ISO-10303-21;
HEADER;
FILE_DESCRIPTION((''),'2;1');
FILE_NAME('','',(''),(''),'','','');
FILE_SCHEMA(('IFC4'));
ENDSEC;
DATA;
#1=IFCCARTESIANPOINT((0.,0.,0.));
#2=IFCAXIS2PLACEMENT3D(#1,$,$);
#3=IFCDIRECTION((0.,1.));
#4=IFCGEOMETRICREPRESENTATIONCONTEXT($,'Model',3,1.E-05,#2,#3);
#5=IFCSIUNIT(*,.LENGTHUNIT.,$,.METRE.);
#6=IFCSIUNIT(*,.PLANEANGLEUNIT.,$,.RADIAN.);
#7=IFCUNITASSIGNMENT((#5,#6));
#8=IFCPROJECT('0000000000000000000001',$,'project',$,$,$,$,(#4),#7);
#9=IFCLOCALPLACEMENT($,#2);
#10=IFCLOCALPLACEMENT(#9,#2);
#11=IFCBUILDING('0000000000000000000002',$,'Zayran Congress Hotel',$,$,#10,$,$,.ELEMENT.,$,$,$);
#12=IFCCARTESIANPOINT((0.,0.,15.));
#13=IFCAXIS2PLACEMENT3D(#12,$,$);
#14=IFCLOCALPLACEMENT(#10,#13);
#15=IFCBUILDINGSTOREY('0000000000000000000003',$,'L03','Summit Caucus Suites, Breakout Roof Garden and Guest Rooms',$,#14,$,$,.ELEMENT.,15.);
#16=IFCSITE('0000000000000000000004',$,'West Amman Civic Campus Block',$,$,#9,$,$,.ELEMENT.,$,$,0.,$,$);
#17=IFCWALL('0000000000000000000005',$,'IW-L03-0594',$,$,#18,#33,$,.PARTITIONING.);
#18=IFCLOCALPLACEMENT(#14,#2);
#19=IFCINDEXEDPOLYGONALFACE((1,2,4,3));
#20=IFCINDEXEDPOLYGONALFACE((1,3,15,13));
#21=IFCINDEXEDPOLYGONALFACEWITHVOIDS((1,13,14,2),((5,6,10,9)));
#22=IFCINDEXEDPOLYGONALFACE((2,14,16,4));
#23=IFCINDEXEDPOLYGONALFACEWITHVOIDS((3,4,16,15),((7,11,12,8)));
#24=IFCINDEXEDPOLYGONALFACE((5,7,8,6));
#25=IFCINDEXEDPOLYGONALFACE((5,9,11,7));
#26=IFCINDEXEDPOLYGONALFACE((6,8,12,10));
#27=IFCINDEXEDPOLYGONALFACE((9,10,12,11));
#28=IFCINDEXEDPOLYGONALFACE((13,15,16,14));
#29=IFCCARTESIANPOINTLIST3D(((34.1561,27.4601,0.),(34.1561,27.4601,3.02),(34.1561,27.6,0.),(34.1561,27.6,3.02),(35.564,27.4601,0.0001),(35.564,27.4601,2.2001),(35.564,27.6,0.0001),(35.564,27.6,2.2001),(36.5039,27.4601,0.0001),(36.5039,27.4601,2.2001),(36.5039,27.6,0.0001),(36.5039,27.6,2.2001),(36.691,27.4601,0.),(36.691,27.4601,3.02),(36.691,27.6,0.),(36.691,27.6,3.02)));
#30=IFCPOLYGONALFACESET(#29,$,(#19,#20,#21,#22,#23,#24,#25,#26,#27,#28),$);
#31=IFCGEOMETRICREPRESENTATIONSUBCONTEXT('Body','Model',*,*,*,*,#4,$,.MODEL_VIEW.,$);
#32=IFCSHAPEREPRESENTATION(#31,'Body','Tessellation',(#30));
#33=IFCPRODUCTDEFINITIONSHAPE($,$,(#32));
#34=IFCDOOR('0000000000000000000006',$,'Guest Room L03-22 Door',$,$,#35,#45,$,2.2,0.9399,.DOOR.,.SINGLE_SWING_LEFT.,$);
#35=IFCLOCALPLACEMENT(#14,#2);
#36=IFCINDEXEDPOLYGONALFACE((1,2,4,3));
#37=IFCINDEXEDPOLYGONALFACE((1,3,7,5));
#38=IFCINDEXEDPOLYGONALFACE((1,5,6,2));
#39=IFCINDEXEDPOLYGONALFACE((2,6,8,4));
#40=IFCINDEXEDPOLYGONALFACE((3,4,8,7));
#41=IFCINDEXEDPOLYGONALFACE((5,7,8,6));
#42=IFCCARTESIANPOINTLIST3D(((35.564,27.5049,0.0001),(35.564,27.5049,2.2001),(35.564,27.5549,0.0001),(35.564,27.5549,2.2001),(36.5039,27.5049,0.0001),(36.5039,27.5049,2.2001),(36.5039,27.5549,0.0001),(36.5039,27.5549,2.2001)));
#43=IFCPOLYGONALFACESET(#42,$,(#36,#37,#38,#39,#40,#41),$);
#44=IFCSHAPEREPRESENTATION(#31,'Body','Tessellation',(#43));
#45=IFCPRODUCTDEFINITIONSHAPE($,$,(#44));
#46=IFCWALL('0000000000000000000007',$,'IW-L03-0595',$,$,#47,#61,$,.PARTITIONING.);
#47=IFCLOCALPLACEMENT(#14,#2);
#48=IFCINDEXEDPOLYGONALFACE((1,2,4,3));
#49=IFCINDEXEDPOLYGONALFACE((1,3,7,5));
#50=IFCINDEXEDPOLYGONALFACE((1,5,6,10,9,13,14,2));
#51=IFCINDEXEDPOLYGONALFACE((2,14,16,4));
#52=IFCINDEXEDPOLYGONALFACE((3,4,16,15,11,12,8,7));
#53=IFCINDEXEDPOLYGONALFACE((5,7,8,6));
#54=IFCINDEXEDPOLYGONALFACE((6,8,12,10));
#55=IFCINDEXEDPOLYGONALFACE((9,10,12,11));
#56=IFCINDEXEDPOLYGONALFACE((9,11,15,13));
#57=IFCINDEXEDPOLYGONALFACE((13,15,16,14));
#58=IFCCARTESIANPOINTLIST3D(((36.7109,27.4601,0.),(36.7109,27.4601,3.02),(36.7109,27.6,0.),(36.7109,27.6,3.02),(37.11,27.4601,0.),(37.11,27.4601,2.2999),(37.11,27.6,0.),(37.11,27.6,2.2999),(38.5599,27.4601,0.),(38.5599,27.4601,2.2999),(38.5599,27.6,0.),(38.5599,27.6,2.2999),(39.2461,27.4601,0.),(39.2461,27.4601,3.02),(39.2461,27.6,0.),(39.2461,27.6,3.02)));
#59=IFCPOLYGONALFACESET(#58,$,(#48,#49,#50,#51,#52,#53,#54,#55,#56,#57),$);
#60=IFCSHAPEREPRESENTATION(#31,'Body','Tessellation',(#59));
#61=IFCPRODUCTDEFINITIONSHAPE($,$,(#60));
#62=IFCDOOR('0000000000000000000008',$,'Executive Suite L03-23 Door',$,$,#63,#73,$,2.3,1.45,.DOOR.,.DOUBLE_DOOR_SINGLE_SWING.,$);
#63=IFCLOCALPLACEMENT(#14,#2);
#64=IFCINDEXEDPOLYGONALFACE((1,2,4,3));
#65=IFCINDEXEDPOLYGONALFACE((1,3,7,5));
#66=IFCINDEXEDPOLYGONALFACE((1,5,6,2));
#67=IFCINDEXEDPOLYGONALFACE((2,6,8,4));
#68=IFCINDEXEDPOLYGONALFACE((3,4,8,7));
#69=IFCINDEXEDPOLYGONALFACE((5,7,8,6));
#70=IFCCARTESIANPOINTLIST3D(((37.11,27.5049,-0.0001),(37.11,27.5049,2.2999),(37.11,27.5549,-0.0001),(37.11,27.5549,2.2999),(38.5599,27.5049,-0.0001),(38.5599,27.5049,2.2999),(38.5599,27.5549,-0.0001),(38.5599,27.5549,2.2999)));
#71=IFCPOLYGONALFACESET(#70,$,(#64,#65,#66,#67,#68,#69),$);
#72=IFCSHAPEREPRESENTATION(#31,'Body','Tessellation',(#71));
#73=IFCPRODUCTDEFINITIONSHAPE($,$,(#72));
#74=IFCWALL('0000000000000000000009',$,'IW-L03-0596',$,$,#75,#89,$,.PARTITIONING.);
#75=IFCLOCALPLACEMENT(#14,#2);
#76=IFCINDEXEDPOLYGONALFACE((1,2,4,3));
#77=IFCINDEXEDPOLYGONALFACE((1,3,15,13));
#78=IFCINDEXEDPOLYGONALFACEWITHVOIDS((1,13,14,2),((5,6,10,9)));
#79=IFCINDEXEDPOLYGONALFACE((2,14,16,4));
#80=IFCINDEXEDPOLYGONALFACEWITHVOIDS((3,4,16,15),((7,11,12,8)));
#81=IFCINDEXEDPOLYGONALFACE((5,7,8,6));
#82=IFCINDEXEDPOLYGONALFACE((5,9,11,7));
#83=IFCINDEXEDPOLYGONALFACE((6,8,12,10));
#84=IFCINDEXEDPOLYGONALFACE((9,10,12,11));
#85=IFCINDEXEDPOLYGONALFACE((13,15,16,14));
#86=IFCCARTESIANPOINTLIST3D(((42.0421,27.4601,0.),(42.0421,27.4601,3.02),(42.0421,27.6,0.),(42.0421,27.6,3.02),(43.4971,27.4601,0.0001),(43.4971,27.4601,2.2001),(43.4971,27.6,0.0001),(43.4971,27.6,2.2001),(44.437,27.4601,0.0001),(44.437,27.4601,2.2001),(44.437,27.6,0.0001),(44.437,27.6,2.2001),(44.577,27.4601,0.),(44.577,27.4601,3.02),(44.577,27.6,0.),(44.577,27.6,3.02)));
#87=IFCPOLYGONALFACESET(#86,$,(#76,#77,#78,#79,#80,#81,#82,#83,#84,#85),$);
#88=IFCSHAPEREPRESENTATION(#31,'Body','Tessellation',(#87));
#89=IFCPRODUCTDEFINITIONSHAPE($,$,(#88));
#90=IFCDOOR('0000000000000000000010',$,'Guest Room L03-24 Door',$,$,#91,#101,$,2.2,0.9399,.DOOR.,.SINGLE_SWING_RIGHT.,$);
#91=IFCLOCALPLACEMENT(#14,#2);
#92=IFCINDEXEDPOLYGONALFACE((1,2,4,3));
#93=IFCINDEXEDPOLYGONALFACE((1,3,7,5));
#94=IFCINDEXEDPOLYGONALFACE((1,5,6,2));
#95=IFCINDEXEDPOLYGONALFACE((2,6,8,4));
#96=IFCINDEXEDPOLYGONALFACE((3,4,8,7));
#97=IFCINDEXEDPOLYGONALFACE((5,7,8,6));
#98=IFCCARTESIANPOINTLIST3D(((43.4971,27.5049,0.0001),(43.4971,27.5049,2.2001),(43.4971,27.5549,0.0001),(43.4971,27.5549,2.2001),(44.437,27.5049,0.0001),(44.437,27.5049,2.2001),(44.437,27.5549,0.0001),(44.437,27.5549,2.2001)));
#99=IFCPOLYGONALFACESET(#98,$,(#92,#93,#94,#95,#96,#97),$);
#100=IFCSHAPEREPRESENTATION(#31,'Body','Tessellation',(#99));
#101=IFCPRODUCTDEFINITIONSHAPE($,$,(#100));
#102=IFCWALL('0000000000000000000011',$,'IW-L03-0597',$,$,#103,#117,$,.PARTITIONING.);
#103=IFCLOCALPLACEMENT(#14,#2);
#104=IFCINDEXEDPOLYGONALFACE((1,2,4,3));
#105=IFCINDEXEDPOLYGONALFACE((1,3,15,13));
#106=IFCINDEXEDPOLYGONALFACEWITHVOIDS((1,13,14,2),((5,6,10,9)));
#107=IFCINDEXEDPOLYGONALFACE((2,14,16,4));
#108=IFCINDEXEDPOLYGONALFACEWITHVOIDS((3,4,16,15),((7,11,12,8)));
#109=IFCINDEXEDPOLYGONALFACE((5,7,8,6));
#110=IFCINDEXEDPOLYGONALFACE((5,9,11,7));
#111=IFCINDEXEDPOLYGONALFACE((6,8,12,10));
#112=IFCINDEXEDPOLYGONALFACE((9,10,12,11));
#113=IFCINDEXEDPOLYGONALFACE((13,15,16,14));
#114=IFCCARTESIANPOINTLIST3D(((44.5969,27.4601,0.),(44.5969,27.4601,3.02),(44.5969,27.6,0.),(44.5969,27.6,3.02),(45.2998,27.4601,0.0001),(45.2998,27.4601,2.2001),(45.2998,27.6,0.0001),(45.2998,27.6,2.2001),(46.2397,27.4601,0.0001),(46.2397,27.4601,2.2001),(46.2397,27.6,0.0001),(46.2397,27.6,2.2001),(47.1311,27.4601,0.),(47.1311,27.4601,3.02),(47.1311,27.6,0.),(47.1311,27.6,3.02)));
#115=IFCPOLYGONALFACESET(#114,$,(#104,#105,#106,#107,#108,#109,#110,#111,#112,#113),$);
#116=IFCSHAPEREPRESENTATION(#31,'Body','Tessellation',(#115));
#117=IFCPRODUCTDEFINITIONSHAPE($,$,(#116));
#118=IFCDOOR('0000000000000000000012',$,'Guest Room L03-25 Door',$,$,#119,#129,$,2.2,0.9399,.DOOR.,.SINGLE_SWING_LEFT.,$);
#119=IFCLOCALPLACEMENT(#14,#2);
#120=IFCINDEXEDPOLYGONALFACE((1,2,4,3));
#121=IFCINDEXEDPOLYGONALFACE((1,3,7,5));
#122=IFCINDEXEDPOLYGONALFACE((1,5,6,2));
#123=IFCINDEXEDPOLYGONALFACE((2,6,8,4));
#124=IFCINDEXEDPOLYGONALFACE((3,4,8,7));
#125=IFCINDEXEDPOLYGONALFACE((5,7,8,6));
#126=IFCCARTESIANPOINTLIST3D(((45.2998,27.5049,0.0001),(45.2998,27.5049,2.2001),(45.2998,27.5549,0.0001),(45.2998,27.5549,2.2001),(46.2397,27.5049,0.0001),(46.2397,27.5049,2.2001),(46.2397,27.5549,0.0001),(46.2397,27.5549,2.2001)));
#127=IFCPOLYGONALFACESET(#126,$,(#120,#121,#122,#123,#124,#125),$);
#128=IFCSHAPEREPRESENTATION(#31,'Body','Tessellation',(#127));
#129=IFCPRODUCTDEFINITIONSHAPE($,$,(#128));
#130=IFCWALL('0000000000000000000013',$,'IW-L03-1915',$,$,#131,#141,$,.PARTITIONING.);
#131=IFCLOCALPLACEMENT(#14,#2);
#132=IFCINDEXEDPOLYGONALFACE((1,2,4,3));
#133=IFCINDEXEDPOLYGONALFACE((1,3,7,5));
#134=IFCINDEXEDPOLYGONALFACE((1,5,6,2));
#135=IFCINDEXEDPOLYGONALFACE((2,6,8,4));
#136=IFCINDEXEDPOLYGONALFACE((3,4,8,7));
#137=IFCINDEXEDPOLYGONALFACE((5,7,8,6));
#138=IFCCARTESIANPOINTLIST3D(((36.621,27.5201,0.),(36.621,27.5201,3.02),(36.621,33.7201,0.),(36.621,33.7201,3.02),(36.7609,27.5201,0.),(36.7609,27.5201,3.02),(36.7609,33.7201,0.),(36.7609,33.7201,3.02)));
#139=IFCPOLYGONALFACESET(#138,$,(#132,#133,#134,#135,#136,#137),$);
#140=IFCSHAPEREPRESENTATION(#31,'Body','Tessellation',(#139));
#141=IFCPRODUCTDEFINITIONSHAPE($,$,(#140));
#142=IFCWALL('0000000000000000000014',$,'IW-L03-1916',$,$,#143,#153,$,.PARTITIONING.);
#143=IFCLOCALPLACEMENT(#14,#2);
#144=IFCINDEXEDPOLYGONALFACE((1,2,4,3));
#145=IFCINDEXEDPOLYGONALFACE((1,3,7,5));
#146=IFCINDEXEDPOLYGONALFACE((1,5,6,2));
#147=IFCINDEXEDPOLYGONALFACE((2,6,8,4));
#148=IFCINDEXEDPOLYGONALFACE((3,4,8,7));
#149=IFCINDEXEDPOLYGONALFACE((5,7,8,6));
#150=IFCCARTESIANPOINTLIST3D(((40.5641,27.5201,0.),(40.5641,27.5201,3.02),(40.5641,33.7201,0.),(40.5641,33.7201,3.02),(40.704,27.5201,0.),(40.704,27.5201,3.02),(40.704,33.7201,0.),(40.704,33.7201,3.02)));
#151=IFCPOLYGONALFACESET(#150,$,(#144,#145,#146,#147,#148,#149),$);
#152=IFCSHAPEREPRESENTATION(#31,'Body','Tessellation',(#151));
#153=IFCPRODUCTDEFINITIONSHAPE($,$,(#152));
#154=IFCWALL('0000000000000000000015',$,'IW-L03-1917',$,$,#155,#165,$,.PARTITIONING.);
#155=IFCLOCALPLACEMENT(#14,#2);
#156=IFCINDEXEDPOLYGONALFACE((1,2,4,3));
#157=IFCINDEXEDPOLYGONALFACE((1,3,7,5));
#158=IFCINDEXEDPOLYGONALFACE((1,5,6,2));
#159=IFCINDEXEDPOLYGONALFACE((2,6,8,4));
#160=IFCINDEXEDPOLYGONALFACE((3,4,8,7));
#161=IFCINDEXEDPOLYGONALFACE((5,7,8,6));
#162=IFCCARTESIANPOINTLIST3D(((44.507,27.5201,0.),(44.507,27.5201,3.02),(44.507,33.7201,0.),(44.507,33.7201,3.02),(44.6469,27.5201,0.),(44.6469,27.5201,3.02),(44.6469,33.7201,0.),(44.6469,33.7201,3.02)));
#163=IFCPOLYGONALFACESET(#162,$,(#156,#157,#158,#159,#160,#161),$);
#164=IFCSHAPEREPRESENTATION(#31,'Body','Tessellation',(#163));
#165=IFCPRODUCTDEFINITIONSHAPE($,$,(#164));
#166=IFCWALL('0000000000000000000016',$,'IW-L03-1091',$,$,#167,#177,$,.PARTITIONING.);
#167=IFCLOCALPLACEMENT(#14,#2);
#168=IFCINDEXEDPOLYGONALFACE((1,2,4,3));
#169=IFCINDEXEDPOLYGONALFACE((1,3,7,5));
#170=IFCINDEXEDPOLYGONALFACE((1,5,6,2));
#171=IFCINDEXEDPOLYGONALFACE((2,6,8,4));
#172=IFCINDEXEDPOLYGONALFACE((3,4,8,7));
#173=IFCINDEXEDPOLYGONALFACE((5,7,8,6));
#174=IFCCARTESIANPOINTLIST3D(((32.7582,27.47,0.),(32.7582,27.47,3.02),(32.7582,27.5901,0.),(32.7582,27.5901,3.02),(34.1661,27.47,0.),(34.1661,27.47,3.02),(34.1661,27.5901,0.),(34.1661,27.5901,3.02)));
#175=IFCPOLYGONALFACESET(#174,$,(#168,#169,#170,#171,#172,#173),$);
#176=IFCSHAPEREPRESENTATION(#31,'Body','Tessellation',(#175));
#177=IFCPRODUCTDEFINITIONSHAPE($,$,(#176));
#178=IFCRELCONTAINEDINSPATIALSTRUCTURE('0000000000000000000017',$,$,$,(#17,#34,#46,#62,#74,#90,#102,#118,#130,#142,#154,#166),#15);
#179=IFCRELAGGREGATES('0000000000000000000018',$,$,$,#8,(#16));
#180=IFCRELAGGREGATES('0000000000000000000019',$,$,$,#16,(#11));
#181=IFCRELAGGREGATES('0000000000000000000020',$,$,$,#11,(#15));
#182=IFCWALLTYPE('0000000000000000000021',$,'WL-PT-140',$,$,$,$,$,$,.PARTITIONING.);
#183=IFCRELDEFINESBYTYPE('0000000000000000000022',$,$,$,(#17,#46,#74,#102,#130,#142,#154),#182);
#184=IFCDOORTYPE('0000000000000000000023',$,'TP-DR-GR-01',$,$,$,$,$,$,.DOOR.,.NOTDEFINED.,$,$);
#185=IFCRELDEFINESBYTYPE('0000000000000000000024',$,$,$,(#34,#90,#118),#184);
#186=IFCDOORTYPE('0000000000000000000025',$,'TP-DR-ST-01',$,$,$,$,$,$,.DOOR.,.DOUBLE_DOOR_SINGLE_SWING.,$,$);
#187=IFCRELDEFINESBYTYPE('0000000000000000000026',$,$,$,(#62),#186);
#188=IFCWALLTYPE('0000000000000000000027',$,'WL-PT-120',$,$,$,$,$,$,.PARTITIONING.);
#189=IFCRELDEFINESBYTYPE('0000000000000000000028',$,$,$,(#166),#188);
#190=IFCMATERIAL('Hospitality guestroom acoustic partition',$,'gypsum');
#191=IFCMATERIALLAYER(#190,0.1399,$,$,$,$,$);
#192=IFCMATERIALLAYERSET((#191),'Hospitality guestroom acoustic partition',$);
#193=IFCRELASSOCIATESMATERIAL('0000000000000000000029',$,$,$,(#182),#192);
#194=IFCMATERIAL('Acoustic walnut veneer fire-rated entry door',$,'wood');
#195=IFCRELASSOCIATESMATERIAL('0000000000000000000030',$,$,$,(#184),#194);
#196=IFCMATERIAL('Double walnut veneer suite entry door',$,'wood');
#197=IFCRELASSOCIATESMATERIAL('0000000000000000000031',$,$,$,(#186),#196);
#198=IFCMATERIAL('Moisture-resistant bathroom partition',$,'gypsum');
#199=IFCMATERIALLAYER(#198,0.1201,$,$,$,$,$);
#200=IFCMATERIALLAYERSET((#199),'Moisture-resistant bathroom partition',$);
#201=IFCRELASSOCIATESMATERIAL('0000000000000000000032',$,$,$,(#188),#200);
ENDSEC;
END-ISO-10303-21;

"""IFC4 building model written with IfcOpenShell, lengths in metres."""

from ifc_helpers import new_model, si_unit, direction, frame, frame_2d, origin, place, context, subcontext, project, spatial, rectangle, extrude, material, layer, layer_set, type_object, element, fill, save


model = new_model("IFC4")

# Units and contexts
model_context = context("Model", 3, precision=1e-05, world=origin(), true_north=direction((0.0, 1.0)))
body_context = subcontext(model_context, "Body", "Model", "MODEL_VIEW")
ifc_project = project(units=[si_unit("LENGTHUNIT", "METRE"), si_unit("PLANEANGLEUNIT", "RADIAN")], contexts=[model_context])

# Site, building, storey
site_placement = place(None, origin())
site = spatial("IfcSite", under=ifc_project, at=site_placement, Name="West Amman Civic Campus Block", CompositionType="ELEMENT", RefElevation=0.0)
building_placement = place(site_placement, origin())
building = spatial("IfcBuilding", under=site, at=building_placement, Name="Zayran Congress Hotel", CompositionType="ELEMENT")
storey_placement = place(building_placement, frame((0.0, 0.0, 15.0)))
storey = spatial("IfcBuildingStorey", under=building, at=storey_placement, Name="L03", Description="Summit Caucus Suites, Breakout Roof Garden and Guest Rooms", CompositionType="ELEMENT", Elevation=15.0)

# Walls, openings, doors
ifc_material_1 = material(Name="Hospitality guestroom acoustic partition", Category="gypsum")
ifc_layer_1 = layer(ifc_material_1, 0.1399)
ifc_layer_set_1 = layer_set([ifc_layer_1], Name="Hospitality guestroom acoustic partition")
wall_type_1 = type_object("IfcWallType", Name="WL-PT-140", PredefinedType="PARTITIONING", material=ifc_layer_set_1)
wall_1_placement = place(storey_placement, frame((34.156, 27.53, 0.0), z_axis=(0.0, 0.0, 1.0), x_axis=(1.0, 0.0, 0.0)))
wall_1 = element("IfcWall", 1, at=wall_1_placement, inside=storey, type_object=wall_type_1, Name="IW-L03-0594", PredefinedType="PARTITIONING", context=body_context, shape_type="SweptSolid", body=[
    extrude(rectangle(XDim=2.5349, YDim=0.1399, at=frame_2d((1.2676, 0.0))), origin(), (0.0, 0.0, 1.0), 3.02),
])
opening_1_placement = place(wall_1_placement, frame((1.408, 0.0, 0.0)))
opening_1 = element("IfcOpeningElement", 2, at=opening_1_placement, cuts=wall_1, PredefinedType="OPENING", context=body_context, shape_type="SweptSolid", body=[
    extrude(rectangle(XDim=0.9399, YDim=2.2, at=frame_2d((0.47, 1.1001))), frame((0.0, 0.0798, 0.0), z_axis=(0.0, -1.0, 0.0), x_axis=(1.0, 0.0, 0.0)), (0.0, 0.0, 1.0), 0.1599),
])
ifc_material_2 = material(Name="Acoustic walnut veneer fire-rated entry door", Category="wood")
door_type_1 = type_object("IfcDoorType", Name="TP-DR-GR-01", OperationType="NOTDEFINED", PredefinedType="DOOR", material=ifc_material_2)
door_1_placement = place(opening_1_placement, origin())
door_1 = element("IfcDoor", 3, at=door_1_placement, inside=storey, type_object=door_type_1, Name="Guest Room L03-22 Door", OperationType="SINGLE_SWING_LEFT", OverallHeight=2.2, OverallWidth=0.9399, PredefinedType="DOOR", context=body_context, shape_type="SweptSolid", body=[
    extrude(rectangle(XDim=0.9399, YDim=2.2, at=frame_2d((0.47, 1.1001))), frame((0.0, 0.0249, 0.0), z_axis=(0.0, -1.0, 0.0), x_axis=(1.0, 0.0, 0.0)), (0.0, 0.0, 1.0), 0.05),
])
fill(opening_1, door_1)
wall_2_placement = place(storey_placement, frame((36.7109, 27.53, 0.0), z_axis=(0.0, 0.0, 1.0), x_axis=(1.0, 0.0, 0.0)))
wall_2 = element("IfcWall", 4, at=wall_2_placement, inside=storey, type_object=wall_type_1, Name="IW-L03-0595", PredefinedType="PARTITIONING", context=body_context, shape_type="SweptSolid", body=[
    extrude(rectangle(XDim=2.5352, YDim=0.1399, at=frame_2d((1.2676, 0.0))), origin(), (0.0, 0.0, 1.0), 3.02),
])
opening_2_placement = place(wall_2_placement, frame((0.3989, 0.0, 0.0)))
opening_2 = element("IfcOpeningElement", 5, at=opening_2_placement, cuts=wall_2, PredefinedType="OPENING", context=body_context, shape_type="SweptSolid", body=[
    extrude(rectangle(XDim=1.45, YDim=2.3, at=frame_2d((0.7251, 1.1499))), frame((0.0, 0.0798, 0.0), z_axis=(0.0, -1.0, 0.0), x_axis=(1.0, 0.0, 0.0)), (0.0, 0.0, 1.0), 0.1599),
])
ifc_material_3 = material(Name="Double walnut veneer suite entry door", Category="wood")
door_type_2 = type_object("IfcDoorType", Name="TP-DR-ST-01", OperationType="DOUBLE_DOOR_SINGLE_SWING", PredefinedType="DOOR", material=ifc_material_3)
door_2_placement = place(opening_2_placement, origin())
door_2 = element("IfcDoor", 6, at=door_2_placement, inside=storey, type_object=door_type_2, Name="Executive Suite L03-23 Door", OperationType="DOUBLE_DOOR_SINGLE_SWING", OverallHeight=2.3, OverallWidth=1.45, PredefinedType="DOOR", context=body_context, shape_type="SweptSolid", body=[
    extrude(rectangle(XDim=1.45, YDim=2.3, at=frame_2d((0.7251, 1.1499))), frame((0.0, 0.0249, 0.0), z_axis=(0.0, -1.0, 0.0), x_axis=(1.0, 0.0, 0.0)), (0.0, 0.0, 1.0), 0.05),
])
fill(opening_2, door_2)
wall_3_placement = place(storey_placement, frame((42.042, 27.53, 0.0), z_axis=(0.0, 0.0, 1.0), x_axis=(1.0, 0.0, 0.0)))
wall_3 = element("IfcWall", 7, at=wall_3_placement, inside=storey, type_object=wall_type_1, Name="IW-L03-0596", PredefinedType="PARTITIONING", context=body_context, shape_type="SweptSolid", body=[
    extrude(rectangle(XDim=2.5349, YDim=0.1399, at=frame_2d((1.2676, 0.0))), origin(), (0.0, 0.0, 1.0), 3.02),
])
opening_3_placement = place(wall_3_placement, frame((1.4551, 0.0, 0.0)))
opening_3 = element("IfcOpeningElement", 8, at=opening_3_placement, cuts=wall_3, PredefinedType="OPENING", context=body_context, shape_type="SweptSolid", body=[
    extrude(rectangle(XDim=0.9399, YDim=2.2, at=frame_2d((0.47, 1.1001))), frame((0.0, 0.0798, 0.0), z_axis=(0.0, -1.0, 0.0), x_axis=(1.0, 0.0, 0.0)), (0.0, 0.0, 1.0), 0.1599),
])
door_3_placement = place(opening_3_placement, origin())
door_3 = element("IfcDoor", 9, at=door_3_placement, inside=storey, type_object=door_type_1, Name="Guest Room L03-24 Door", OperationType="SINGLE_SWING_RIGHT", OverallHeight=2.2, OverallWidth=0.9399, PredefinedType="DOOR", context=body_context, shape_type="SweptSolid", body=[
    extrude(rectangle(XDim=0.9399, YDim=2.2, at=frame_2d((0.47, 1.1001))), frame((0.0, 0.0249, 0.0), z_axis=(0.0, -1.0, 0.0), x_axis=(1.0, 0.0, 0.0)), (0.0, 0.0, 1.0), 0.05),
])
fill(opening_3, door_3)
wall_4_placement = place(storey_placement, frame((44.5969, 27.53, 0.0), z_axis=(0.0, 0.0, 1.0), x_axis=(1.0, 0.0, 0.0)))
wall_4 = element("IfcWall", 10, at=wall_4_placement, inside=storey, type_object=wall_type_1, Name="IW-L03-0597", PredefinedType="PARTITIONING", context=body_context, shape_type="SweptSolid", body=[
    extrude(rectangle(XDim=2.5342, YDim=0.1399, at=frame_2d((1.2671, 0.0))), origin(), (0.0, 0.0, 1.0), 3.02),
])
opening_4_placement = place(wall_4_placement, frame((0.7029, 0.0, 0.0)))
opening_4 = element("IfcOpeningElement", 11, at=opening_4_placement, cuts=wall_4, PredefinedType="OPENING", context=body_context, shape_type="SweptSolid", body=[
    extrude(rectangle(XDim=0.9399, YDim=2.2, at=frame_2d((0.47, 1.1001))), frame((0.0, 0.0798, 0.0), z_axis=(0.0, -1.0, 0.0), x_axis=(1.0, 0.0, 0.0)), (0.0, 0.0, 1.0), 0.1599),
])
door_4_placement = place(opening_4_placement, origin())
door_4 = element("IfcDoor", 12, at=door_4_placement, inside=storey, type_object=door_type_1, Name="Guest Room L03-25 Door", OperationType="SINGLE_SWING_LEFT", OverallHeight=2.2, OverallWidth=0.9399, PredefinedType="DOOR", context=body_context, shape_type="SweptSolid", body=[
    extrude(rectangle(XDim=0.9399, YDim=2.2, at=frame_2d((0.47, 1.1001))), frame((0.0, 0.0249, 0.0), z_axis=(0.0, -1.0, 0.0), x_axis=(1.0, 0.0, 0.0)), (0.0, 0.0, 1.0), 0.05),
])
fill(opening_4, door_4)

# Walls
for number, where, z_axis, x_axis, name in (
    (13, (36.6909, 27.52, 0.0), (0.0, 0.0, 1.0), (0.0, 1.0, 0.0), "IW-L03-1915"),
    (14, (40.634, 27.52, 0.0), (0.0, 0.0, 1.0), (0.0, 1.0, 0.0), "IW-L03-1916"),
    (15, (44.5769, 27.52, 0.0), (0.0, 0.0, 1.0), (0.0, 1.0, 0.0), "IW-L03-1917"),
):
    element("IfcWall", number, at=place(storey_placement, frame(where, z_axis=z_axis, x_axis=x_axis)), inside=storey, type_object=wall_type_1, Name=name, PredefinedType="PARTITIONING", context=body_context, shape_type="SweptSolid", body=[
        extrude(rectangle(XDim=6.2, YDim=0.1399, at=frame_2d((3.1001, 0.0))), origin(), (0.0, 0.0, 1.0), 3.02),
    ])

# Shared definitions
ifc_material_4 = material(Name="Moisture-resistant bathroom partition", Category="gypsum")
ifc_layer_2 = layer(ifc_material_4, 0.1201)
ifc_layer_set_2 = layer_set([ifc_layer_2], Name="Moisture-resistant bathroom partition")
wall_type_2 = type_object("IfcWallType", Name="WL-PT-120", PredefinedType="PARTITIONING", material=ifc_layer_set_2)

# Wall
for number, where, z_axis, x_axis, name in (
    (16, (32.7581, 27.53, 0.0), (0.0, 0.0, 1.0), (1.0, 0.0, 0.0), "IW-L03-1091"),
):
    element("IfcWall", number, at=place(storey_placement, frame(where, z_axis=z_axis, x_axis=x_axis)), inside=storey, type_object=wall_type_2, Name=name, PredefinedType="PARTITIONING", context=body_context, shape_type="SweptSolid", body=[
        extrude(rectangle(XDim=1.408, YDim=0.1201, at=frame_2d((0.7041, 0.0))), origin(), (0.0, 0.0, 1.0), 3.02),
    ])

save(model, "model.ifc")
